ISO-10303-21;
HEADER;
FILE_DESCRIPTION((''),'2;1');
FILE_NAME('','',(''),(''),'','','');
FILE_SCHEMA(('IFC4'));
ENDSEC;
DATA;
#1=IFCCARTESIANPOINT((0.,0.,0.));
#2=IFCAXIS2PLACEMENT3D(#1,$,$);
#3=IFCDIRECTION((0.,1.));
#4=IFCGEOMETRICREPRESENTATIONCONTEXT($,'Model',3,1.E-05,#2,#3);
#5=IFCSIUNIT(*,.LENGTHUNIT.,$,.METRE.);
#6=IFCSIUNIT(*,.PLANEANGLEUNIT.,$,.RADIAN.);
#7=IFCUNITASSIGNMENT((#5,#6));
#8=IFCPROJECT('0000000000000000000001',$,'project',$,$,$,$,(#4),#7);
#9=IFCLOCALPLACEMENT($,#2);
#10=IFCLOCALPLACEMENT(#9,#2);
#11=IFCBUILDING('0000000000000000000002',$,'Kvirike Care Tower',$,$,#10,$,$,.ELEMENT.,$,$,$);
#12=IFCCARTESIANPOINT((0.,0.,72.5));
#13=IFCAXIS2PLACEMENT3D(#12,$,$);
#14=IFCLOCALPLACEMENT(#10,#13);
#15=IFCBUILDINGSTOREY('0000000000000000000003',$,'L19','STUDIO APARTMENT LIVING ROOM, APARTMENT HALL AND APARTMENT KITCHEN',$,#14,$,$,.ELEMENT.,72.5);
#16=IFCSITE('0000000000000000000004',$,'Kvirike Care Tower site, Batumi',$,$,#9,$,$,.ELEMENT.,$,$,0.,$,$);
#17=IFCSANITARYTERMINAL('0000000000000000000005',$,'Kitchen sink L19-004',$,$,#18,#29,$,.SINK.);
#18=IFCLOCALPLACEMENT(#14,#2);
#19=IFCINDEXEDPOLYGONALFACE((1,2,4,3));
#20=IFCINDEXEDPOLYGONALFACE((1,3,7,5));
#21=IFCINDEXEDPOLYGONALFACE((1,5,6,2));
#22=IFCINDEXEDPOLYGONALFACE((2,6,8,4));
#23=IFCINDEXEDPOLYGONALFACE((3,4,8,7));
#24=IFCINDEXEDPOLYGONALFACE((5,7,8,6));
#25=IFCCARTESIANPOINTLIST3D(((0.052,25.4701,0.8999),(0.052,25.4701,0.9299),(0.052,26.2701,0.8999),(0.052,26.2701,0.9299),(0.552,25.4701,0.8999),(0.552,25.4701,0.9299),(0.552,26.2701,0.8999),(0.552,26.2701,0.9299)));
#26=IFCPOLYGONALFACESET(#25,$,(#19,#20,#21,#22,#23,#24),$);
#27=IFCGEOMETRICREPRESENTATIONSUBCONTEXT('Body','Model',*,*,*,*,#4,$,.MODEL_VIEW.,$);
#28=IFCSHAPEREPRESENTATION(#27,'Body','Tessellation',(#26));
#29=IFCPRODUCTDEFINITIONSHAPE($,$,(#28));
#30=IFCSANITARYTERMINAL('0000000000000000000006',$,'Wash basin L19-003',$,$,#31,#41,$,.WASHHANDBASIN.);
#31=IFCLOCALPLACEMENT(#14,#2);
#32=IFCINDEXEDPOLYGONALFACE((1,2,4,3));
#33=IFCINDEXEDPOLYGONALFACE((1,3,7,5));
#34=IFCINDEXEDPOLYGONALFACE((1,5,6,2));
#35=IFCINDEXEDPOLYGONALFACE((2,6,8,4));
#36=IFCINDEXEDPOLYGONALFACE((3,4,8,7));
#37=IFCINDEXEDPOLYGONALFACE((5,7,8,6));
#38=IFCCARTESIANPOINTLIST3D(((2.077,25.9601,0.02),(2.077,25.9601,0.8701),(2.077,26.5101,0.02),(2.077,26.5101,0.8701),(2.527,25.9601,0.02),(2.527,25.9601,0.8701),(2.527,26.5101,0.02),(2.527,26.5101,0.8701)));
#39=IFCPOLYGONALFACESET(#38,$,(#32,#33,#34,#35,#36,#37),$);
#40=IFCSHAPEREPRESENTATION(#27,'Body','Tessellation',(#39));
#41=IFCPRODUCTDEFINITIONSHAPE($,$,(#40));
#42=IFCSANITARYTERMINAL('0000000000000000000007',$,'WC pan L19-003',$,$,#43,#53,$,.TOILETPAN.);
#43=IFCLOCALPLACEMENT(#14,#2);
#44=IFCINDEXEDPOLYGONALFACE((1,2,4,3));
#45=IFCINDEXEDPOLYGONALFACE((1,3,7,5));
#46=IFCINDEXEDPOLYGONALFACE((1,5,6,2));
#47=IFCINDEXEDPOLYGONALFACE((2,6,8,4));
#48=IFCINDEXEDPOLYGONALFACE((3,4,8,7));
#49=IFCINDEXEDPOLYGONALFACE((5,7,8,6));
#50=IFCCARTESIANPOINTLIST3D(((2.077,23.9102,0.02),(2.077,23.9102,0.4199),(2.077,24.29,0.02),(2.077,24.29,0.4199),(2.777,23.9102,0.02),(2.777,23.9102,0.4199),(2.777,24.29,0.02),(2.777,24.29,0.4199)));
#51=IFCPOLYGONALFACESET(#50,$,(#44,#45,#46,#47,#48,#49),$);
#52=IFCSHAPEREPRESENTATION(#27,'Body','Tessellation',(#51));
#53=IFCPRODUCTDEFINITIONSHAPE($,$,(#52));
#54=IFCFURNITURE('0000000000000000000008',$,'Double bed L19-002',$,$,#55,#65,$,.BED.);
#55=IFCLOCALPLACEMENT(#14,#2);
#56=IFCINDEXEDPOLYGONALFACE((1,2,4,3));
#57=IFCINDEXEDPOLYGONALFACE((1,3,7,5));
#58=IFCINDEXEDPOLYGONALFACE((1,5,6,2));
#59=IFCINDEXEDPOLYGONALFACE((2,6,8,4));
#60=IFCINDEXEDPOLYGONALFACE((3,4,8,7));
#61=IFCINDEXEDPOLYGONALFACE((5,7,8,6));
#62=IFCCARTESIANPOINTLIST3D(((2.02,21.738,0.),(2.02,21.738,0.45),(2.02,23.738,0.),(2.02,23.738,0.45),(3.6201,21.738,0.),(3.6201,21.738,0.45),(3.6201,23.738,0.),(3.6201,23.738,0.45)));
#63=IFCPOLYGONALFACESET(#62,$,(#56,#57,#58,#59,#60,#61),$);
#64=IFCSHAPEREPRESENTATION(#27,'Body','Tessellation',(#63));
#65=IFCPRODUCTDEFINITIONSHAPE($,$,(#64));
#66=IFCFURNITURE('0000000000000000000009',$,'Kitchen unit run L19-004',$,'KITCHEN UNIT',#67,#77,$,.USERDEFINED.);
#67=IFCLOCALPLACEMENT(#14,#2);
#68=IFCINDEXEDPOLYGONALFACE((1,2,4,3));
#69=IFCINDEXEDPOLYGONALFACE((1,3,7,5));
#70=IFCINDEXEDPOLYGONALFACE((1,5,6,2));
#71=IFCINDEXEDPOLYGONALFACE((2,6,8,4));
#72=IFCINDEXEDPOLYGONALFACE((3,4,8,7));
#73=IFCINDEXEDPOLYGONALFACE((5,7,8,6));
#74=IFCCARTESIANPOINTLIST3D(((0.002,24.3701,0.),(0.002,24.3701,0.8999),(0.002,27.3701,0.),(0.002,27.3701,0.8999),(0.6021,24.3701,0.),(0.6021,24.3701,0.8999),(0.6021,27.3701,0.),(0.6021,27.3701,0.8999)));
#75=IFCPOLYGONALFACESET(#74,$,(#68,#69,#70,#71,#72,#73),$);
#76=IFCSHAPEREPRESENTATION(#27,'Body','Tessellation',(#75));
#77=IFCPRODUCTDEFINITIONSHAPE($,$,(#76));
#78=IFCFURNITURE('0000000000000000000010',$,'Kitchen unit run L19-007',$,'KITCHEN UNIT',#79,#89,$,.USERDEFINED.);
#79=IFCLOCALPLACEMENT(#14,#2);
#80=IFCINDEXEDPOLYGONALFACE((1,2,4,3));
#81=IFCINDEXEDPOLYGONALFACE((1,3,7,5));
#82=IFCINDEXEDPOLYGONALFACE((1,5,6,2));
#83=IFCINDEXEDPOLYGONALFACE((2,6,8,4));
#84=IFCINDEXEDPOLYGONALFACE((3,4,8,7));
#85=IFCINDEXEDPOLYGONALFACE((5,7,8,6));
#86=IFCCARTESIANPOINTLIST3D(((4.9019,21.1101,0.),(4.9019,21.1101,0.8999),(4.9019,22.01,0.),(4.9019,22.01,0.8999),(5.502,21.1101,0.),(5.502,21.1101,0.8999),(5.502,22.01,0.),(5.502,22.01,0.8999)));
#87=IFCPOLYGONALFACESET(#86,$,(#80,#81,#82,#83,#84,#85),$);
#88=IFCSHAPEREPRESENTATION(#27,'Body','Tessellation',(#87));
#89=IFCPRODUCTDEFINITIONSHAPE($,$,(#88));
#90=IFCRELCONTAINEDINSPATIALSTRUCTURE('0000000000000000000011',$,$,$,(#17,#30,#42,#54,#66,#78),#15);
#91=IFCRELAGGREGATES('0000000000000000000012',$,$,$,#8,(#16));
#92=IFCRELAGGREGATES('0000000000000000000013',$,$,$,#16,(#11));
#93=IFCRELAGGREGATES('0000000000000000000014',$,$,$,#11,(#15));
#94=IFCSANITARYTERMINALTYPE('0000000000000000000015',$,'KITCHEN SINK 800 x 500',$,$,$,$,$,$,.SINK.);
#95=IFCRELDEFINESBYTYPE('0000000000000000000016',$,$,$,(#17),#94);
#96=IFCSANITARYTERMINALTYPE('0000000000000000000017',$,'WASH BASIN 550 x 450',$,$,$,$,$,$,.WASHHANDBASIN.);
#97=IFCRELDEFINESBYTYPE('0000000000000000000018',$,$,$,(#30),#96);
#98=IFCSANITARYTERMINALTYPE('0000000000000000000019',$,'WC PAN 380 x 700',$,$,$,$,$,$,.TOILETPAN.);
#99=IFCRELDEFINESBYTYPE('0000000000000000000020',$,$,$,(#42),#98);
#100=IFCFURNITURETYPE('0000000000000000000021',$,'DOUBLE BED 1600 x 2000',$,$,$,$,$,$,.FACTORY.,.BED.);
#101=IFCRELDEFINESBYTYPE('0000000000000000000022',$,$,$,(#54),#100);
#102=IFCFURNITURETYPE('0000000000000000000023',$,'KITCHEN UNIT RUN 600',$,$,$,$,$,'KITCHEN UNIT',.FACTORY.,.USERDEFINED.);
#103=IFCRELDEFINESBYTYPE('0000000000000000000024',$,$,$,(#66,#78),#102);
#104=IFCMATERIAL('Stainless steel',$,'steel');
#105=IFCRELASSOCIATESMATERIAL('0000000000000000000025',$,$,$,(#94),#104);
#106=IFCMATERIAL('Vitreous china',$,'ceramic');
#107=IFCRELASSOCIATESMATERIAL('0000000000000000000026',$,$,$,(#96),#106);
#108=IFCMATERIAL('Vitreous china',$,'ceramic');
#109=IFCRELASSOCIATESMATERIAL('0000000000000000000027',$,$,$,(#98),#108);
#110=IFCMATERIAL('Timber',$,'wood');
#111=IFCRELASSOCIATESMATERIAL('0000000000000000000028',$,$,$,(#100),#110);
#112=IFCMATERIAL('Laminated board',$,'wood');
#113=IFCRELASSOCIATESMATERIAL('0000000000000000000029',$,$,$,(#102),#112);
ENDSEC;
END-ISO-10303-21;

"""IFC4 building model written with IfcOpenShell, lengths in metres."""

from ifc_helpers import new_model, si_unit, direction, frame, origin, origin_2d, place, context, subcontext, project, spatial, rectangle, extrude, material, type_object, element, save


model = new_model("IFC4")

# Units and contexts
model_context = context("Model", 3, precision=1e-05, world=origin(), true_north=direction((0.0, 1.0)))
body_context = subcontext(model_context, "Body", "Model", "MODEL_VIEW")
ifc_project = project(units=[si_unit("LENGTHUNIT", "METRE"), si_unit("PLANEANGLEUNIT", "RADIAN")], contexts=[model_context])

# Site, building, storey
site_placement = place(None, origin())
site = spatial("IfcSite", under=ifc_project, at=site_placement, Name="Kvirike Care Tower site, Batumi", CompositionType="ELEMENT", RefElevation=0.0)
building_placement = place(site_placement, origin())
building = spatial("IfcBuilding", under=site, at=building_placement, Name="Kvirike Care Tower", CompositionType="ELEMENT")
storey_placement = place(building_placement, frame((0.0, 0.0, 72.5)))
storey = spatial("IfcBuildingStorey", under=building, at=storey_placement, Name="L19", Description="STUDIO APARTMENT LIVING ROOM, APARTMENT HALL AND APARTMENT KITCHEN", CompositionType="ELEMENT", Elevation=72.5)

# Sanitary terminals
ifc_material_1 = material(Name="Stainless steel", Category="steel")
sanitary_terminal_type_1 = type_object("IfcSanitaryTerminalType", Name="KITCHEN SINK 800 x 500", PredefinedType="SINK", material=ifc_material_1)
sanitary_terminal_1_placement = place(storey_placement, frame((0.302, 25.8701, 0.8999), z_axis=(0.0, 0.0, 1.0), x_axis=(0.0, 1.0, 0.0)))
element("IfcSanitaryTerminal", 1, at=sanitary_terminal_1_placement, inside=storey, type_object=sanitary_terminal_type_1, Name="Kitchen sink L19-004", PredefinedType="SINK", context=body_context, shape_type="SweptSolid", body=[
    extrude(rectangle(XDim=0.8, YDim=0.5, at=origin_2d()), origin(), (0.0, 0.0, 1.0), 0.03),
])
ifc_material_2 = material(Name="Vitreous china", Category="ceramic")
sanitary_terminal_type_2 = type_object("IfcSanitaryTerminalType", Name="WASH BASIN 550 x 450", PredefinedType="WASHHANDBASIN", material=ifc_material_2)
sanitary_terminal_2_placement = place(storey_placement, frame((2.302, 26.2351, 0.02), z_axis=(0.0, 0.0, 1.0), x_axis=(0.0, 1.0, 0.0)))
element("IfcSanitaryTerminal", 2, at=sanitary_terminal_2_placement, inside=storey, type_object=sanitary_terminal_type_2, Name="Wash basin L19-003", PredefinedType="WASHHANDBASIN", context=body_context, shape_type="SweptSolid", body=[
    extrude(rectangle(XDim=0.55, YDim=0.45, at=origin_2d()), origin(), (0.0, 0.0, 1.0), 0.8501),
])
ifc_material_3 = material(Name="Vitreous china", Category="ceramic")
sanitary_terminal_type_3 = type_object("IfcSanitaryTerminalType", Name="WC PAN 380 x 700", PredefinedType="TOILETPAN", material=ifc_material_3)
sanitary_terminal_3_placement = place(storey_placement, frame((2.427, 24.1001, 0.02), z_axis=(0.0, 0.0, 1.0), x_axis=(0.0, 1.0, 0.0)))
element("IfcSanitaryTerminal", 3, at=sanitary_terminal_3_placement, inside=storey, type_object=sanitary_terminal_type_3, Name="WC pan L19-003", PredefinedType="TOILETPAN", context=body_context, shape_type="SweptSolid", body=[
    extrude(rectangle(XDim=0.3799, YDim=0.7, at=origin_2d()), origin(), (0.0, 0.0, 1.0), 0.3999),
])

# Furniture
ifc_material_4 = material(Name="Timber", Category="wood")
furniture_type_1 = type_object("IfcFurnitureType", Name="DOUBLE BED 1600 x 2000", AssemblyPlace="FACTORY", PredefinedType="BED", material=ifc_material_4)
furniture_1_placement = place(storey_placement, frame((2.8201, 22.738, 0.0), z_axis=(0.0, 0.0, 1.0), x_axis=(1.0, 0.0, 0.0)))
element("IfcFurniture", 4, at=furniture_1_placement, inside=storey, type_object=furniture_type_1, Name="Double bed L19-002", PredefinedType="BED", context=body_context, shape_type="SweptSolid", body=[
    extrude(rectangle(XDim=1.6001, YDim=2.0, at=origin_2d()), origin(), (0.0, 0.0, 1.0), 0.45),
])
ifc_material_5 = material(Name="Laminated board", Category="wood")
furniture_type_2 = type_object("IfcFurnitureType", Name="KITCHEN UNIT RUN 600", ElementType="KITCHEN UNIT", AssemblyPlace="FACTORY", PredefinedType="USERDEFINED", material=ifc_material_5)
furniture_2_placement = place(storey_placement, frame((0.302, 25.8701, 0.0), z_axis=(0.0, 0.0, 1.0), x_axis=(0.0, 1.0, 0.0)))
element("IfcFurniture", 5, at=furniture_2_placement, inside=storey, type_object=furniture_type_2, Name="Kitchen unit run L19-004", ObjectType="KITCHEN UNIT", PredefinedType="USERDEFINED", context=body_context, shape_type="SweptSolid", body=[
    extrude(rectangle(XDim=3.0, YDim=0.6001, at=origin_2d()), origin(), (0.0, 0.0, 1.0), 0.8999),
])
furniture_3_placement = place(storey_placement, frame((5.2019, 21.5601, 0.0), z_axis=(0.0, 0.0, 1.0), x_axis=(0.0, 1.0, 0.0)))
element("IfcFurniture", 6, at=furniture_3_placement, inside=storey, type_object=furniture_type_2, Name="Kitchen unit run L19-007", ObjectType="KITCHEN UNIT", PredefinedType="USERDEFINED", context=body_context, shape_type="SweptSolid", body=[
    extrude(rectangle(XDim=0.8999, YDim=0.6001, at=origin_2d()), origin(), (0.0, 0.0, 1.0), 0.8999),
])

save(model, "model.ifc")
